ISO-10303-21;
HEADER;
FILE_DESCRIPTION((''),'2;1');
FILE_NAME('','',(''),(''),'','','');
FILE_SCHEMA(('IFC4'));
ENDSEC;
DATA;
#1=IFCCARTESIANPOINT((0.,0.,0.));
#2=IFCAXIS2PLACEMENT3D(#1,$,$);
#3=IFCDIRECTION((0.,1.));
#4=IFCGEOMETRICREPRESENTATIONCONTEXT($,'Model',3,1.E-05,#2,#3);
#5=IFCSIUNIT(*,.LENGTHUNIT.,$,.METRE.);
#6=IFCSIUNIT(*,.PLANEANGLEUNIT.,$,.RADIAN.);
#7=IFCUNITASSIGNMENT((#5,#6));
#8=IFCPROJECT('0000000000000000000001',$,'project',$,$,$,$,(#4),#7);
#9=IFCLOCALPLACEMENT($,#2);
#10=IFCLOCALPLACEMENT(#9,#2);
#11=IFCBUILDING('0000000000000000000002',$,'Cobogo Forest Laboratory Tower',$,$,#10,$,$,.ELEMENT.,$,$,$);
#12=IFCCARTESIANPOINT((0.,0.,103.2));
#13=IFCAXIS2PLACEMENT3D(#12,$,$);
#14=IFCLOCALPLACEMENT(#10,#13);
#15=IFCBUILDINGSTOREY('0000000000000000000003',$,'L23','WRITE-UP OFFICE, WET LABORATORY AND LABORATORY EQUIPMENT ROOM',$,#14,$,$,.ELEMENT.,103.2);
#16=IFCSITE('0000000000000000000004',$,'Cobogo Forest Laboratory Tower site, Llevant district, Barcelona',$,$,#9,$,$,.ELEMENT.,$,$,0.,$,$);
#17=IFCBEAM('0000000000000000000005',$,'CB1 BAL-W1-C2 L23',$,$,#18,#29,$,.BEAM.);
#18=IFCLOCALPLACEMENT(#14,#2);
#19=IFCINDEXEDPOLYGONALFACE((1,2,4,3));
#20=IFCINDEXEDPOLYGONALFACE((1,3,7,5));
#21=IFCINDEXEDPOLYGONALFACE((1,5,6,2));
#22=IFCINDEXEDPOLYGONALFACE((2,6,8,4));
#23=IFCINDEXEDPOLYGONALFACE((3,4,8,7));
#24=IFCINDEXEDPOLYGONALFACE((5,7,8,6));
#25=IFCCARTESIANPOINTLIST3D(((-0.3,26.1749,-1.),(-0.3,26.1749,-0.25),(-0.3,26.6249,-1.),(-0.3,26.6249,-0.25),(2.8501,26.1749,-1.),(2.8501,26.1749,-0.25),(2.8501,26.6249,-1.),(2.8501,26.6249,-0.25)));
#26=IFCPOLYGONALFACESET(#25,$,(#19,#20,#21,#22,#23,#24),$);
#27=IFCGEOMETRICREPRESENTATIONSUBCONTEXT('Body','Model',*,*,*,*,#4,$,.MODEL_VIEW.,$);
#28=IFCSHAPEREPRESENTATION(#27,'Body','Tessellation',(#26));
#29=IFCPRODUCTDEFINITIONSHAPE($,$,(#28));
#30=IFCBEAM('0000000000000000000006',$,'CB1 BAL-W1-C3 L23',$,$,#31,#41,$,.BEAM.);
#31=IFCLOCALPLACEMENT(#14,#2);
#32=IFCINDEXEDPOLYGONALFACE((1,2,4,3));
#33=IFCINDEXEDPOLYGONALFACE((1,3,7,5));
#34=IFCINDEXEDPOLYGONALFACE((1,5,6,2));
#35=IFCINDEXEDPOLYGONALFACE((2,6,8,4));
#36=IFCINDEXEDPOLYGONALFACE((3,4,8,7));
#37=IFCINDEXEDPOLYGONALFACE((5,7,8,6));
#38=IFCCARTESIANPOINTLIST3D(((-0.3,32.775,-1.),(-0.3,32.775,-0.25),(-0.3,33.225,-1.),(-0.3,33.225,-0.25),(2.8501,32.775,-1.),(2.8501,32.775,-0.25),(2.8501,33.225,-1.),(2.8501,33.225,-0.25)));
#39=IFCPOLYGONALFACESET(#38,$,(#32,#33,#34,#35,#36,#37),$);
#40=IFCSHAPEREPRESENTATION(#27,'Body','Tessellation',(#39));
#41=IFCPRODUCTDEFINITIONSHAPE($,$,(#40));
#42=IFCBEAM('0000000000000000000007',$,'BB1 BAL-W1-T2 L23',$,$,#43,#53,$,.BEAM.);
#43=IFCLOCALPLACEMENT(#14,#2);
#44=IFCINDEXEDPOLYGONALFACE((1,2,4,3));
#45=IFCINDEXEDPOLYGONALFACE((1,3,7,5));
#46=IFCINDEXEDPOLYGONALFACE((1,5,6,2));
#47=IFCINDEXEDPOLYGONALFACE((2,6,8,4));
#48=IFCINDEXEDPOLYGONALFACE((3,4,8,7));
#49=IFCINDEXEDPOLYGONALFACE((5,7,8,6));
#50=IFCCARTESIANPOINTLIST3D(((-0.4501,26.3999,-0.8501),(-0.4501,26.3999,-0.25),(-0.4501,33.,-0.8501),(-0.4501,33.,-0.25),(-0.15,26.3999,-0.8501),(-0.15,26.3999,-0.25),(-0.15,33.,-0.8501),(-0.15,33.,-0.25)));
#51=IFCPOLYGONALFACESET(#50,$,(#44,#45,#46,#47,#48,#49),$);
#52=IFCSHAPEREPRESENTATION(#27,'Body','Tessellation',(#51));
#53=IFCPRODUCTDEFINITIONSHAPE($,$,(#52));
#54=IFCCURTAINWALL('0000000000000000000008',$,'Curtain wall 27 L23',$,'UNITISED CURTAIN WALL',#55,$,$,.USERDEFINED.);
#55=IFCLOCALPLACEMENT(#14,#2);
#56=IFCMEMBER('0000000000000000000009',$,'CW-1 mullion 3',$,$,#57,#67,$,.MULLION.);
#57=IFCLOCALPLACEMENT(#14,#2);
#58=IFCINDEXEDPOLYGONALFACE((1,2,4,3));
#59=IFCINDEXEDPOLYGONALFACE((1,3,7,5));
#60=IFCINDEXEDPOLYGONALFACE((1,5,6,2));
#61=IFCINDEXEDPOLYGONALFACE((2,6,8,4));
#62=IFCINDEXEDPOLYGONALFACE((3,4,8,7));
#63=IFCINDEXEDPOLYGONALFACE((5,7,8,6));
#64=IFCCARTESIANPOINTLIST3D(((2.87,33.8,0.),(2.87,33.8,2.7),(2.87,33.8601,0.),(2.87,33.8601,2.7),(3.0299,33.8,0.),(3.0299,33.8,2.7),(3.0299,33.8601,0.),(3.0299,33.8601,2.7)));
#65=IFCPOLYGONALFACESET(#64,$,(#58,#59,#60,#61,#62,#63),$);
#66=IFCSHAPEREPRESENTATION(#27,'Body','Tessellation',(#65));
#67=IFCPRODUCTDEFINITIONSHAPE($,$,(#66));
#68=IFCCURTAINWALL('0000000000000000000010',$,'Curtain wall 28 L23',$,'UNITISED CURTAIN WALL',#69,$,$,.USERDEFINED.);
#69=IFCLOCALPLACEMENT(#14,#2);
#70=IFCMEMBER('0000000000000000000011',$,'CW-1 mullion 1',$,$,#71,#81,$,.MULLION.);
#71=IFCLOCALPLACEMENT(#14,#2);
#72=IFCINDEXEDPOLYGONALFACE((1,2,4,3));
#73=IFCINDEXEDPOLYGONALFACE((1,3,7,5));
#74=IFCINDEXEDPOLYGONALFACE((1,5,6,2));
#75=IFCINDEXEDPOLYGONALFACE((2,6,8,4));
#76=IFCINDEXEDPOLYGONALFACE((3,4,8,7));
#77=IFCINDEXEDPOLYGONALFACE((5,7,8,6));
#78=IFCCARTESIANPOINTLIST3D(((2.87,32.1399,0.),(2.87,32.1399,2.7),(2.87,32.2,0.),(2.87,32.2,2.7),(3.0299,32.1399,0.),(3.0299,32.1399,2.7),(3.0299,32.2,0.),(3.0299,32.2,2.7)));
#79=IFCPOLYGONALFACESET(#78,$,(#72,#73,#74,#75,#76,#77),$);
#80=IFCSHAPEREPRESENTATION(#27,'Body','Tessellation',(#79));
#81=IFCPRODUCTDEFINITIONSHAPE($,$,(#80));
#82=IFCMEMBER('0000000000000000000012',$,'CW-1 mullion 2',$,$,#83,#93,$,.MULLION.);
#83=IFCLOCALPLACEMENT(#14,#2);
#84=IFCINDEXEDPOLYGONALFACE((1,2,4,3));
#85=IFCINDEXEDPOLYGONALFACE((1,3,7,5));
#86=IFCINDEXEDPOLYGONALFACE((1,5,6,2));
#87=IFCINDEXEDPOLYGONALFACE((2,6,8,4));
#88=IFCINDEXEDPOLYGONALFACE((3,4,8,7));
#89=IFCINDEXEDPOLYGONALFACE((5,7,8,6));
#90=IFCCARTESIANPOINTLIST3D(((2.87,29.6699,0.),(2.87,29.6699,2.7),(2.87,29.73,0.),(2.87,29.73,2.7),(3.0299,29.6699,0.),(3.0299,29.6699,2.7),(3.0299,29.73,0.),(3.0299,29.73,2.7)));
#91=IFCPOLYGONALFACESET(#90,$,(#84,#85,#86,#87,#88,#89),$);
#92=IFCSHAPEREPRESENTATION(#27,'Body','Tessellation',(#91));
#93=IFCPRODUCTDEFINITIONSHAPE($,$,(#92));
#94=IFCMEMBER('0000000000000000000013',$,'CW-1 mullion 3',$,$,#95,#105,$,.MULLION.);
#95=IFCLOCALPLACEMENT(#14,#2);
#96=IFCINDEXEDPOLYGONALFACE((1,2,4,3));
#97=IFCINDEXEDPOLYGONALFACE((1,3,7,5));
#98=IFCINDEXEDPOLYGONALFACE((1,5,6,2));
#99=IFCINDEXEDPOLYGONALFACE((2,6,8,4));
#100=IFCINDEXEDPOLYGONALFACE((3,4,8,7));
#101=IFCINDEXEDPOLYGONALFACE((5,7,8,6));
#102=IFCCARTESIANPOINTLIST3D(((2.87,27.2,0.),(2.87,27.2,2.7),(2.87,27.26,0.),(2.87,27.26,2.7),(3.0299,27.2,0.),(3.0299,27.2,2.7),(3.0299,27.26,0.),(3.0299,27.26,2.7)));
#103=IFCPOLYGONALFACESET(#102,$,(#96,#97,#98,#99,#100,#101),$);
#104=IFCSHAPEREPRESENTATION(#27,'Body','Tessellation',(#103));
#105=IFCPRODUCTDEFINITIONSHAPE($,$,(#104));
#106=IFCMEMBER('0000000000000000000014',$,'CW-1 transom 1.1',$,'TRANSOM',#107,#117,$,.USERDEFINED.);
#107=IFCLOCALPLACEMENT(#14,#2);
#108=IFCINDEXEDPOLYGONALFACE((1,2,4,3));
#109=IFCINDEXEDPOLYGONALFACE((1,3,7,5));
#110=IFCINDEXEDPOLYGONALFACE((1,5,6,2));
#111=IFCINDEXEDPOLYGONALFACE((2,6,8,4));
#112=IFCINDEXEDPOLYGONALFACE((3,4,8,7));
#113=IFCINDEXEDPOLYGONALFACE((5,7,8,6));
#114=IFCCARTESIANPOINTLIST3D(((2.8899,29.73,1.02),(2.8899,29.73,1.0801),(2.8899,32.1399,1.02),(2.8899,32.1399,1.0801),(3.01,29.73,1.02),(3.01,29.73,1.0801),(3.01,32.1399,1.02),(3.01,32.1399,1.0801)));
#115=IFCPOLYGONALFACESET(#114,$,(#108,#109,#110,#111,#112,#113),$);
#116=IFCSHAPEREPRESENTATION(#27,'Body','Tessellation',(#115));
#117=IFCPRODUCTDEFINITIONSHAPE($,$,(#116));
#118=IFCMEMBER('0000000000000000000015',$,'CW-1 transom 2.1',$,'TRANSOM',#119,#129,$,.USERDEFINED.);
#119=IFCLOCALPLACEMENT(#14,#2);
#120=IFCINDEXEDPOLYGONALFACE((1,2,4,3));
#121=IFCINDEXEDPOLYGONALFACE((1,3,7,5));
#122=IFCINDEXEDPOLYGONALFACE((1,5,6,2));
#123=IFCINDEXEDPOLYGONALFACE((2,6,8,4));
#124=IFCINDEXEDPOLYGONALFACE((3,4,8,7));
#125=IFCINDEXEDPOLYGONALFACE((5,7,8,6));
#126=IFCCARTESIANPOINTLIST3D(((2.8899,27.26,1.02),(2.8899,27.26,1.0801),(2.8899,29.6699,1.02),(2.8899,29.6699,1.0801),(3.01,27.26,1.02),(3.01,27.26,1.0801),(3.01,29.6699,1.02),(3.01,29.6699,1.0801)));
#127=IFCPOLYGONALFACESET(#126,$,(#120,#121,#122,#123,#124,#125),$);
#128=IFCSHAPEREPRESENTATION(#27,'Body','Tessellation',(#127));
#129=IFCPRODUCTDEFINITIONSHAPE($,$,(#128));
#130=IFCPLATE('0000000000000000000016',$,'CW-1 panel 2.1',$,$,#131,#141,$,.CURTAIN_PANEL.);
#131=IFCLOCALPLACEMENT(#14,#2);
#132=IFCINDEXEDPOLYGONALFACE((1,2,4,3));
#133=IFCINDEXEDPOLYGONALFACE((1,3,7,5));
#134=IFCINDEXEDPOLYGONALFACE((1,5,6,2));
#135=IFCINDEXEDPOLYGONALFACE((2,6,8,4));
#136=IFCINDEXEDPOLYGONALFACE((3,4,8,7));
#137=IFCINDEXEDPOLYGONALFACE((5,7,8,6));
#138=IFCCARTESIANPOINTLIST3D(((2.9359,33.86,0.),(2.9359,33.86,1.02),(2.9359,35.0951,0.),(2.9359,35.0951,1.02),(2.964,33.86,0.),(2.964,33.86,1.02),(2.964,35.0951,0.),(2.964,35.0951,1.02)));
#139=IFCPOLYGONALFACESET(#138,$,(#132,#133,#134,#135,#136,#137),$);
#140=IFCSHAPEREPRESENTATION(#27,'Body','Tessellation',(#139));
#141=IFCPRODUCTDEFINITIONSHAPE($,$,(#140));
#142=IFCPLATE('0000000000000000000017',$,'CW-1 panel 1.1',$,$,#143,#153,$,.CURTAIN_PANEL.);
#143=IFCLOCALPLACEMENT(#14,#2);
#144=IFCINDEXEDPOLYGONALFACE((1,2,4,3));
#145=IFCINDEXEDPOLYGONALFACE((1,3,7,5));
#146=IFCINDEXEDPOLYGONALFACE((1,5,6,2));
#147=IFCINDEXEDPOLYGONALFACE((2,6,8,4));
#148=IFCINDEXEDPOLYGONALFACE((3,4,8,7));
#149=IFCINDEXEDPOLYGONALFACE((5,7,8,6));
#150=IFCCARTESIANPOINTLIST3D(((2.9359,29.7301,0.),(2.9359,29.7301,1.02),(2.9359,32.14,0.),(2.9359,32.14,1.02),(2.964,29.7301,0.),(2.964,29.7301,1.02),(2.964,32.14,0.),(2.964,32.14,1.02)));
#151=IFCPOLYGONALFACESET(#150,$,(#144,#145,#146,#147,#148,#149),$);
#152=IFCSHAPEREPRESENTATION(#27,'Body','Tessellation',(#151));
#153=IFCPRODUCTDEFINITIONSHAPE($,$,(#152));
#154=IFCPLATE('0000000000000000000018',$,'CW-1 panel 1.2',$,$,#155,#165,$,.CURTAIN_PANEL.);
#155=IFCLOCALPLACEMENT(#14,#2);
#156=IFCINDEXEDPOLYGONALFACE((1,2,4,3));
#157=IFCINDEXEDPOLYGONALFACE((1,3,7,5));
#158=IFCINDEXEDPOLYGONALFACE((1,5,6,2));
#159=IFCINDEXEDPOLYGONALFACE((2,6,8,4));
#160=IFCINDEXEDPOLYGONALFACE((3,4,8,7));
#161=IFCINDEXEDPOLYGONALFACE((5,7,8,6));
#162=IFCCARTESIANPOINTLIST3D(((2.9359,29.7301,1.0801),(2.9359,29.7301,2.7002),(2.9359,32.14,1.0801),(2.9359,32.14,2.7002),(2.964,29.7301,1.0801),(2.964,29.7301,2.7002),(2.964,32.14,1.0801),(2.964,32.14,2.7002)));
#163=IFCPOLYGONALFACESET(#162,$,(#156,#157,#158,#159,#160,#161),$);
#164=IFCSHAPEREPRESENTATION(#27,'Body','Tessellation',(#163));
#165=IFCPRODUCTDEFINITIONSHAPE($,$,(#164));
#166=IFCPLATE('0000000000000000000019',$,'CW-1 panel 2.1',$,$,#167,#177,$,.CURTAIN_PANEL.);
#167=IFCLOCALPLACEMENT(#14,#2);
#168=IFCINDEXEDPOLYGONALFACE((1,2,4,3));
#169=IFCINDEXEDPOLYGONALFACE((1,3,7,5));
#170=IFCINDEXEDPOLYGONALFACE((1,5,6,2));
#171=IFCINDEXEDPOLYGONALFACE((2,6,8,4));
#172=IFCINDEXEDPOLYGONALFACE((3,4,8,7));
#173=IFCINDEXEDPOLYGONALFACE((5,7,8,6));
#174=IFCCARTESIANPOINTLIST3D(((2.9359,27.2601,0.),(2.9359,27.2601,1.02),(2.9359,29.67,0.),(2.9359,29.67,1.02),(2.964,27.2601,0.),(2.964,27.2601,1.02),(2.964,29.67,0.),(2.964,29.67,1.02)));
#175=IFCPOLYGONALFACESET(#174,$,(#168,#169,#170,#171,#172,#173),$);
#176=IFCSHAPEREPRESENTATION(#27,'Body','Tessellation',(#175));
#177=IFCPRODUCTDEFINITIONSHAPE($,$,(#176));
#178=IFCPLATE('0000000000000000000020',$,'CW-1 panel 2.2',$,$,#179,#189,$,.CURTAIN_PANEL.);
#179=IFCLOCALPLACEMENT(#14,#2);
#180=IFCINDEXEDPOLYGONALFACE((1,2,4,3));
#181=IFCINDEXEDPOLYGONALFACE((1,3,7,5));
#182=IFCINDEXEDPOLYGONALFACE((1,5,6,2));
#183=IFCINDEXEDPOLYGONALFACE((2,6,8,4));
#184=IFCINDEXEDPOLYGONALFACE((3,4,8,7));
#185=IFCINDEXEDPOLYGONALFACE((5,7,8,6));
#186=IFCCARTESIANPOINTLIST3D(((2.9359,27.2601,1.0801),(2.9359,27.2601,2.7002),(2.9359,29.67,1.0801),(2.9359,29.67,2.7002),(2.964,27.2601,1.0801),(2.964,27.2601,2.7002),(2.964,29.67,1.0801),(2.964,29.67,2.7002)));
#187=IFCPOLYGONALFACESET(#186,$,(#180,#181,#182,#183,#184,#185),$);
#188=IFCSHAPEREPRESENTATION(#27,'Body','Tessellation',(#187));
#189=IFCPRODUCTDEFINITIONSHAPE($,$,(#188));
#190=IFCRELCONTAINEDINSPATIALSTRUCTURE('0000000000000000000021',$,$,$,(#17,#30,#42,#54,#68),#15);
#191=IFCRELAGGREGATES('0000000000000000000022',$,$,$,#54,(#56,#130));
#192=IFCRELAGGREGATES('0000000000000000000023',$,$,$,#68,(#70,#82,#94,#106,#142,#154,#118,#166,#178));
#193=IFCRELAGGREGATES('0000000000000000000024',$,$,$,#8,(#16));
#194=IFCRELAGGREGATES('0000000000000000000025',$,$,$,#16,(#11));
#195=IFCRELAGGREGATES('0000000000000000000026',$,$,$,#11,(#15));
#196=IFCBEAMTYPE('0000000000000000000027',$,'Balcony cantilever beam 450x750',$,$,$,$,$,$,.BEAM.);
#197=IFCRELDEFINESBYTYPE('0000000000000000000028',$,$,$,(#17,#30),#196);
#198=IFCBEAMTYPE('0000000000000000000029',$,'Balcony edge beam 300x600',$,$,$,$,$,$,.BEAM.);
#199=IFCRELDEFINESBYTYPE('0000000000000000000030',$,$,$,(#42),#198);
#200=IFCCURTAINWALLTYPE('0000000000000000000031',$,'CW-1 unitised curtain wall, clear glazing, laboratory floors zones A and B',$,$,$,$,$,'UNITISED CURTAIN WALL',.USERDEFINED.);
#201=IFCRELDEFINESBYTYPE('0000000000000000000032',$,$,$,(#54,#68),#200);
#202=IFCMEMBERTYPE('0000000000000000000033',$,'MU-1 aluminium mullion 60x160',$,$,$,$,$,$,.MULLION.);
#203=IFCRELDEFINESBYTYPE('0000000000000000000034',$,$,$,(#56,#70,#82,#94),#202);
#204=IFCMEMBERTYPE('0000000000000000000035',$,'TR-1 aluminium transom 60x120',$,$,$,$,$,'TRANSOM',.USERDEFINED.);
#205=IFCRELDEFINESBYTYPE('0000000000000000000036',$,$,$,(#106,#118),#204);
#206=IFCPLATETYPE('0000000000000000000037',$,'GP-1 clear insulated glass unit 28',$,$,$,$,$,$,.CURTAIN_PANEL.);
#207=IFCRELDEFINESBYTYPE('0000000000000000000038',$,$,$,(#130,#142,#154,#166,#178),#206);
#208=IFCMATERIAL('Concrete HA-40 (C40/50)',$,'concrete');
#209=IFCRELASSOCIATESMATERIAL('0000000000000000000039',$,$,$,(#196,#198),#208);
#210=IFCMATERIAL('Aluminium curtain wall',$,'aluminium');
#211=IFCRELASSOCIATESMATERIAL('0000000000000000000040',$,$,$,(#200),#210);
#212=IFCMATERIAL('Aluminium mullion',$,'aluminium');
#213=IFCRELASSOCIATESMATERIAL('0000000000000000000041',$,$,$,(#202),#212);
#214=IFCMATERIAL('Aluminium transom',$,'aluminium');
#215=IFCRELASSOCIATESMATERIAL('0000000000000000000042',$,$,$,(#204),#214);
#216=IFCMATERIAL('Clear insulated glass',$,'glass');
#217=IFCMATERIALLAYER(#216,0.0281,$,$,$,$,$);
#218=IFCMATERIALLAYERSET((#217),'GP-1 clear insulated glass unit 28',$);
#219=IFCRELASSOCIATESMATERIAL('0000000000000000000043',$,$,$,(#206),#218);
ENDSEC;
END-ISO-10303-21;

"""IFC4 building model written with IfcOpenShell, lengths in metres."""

from ifc_helpers import new_model, si_unit, direction, frame, origin, origin_2d, place, context, subcontext, project, spatial, rectangle, extrude, material, layer, layer_set, material_profile, profile_set, type_object, element, aggregate, save


model = new_model("IFC4")

# Units and contexts
model_context = context("Model", 3, precision=1e-05, world=origin(), true_north=direction((0.0, 1.0)))
body_context = subcontext(model_context, "Body", "Model", "MODEL_VIEW")
ifc_project = project(units=[si_unit("LENGTHUNIT", "METRE"), si_unit("PLANEANGLEUNIT", "RADIAN")], contexts=[model_context])

# Site, building, storey
site_placement = place(None, origin())
site = spatial("IfcSite", under=ifc_project, at=site_placement, Name="Cobogo Forest Laboratory Tower site, Llevant district, Barcelona", CompositionType="ELEMENT", RefElevation=0.0)
building_placement = place(site_placement, origin())
building = spatial("IfcBuilding", under=site, at=building_placement, Name="Cobogo Forest Laboratory Tower", CompositionType="ELEMENT")
storey_placement = place(building_placement, frame((0.0, 0.0, 103.2)))
storey = spatial("IfcBuildingStorey", under=building, at=storey_placement, Name="L23", Description="WRITE-UP OFFICE, WET LABORATORY AND LABORATORY EQUIPMENT ROOM", CompositionType="ELEMENT", Elevation=103.2)

# Beams
ifc_material_1 = material(Name="Concrete HA-40 (C40/50)", Category="concrete")
ifc_material_profile_1 = material_profile(ifc_material_1, rectangle(XDim=0.45, YDim=0.75, at=origin_2d()), Name="RC 450x750")
ifc_profile_set_1 = profile_set([ifc_material_profile_1], Name="Concrete HA-40 (C40/50)")
beam_type_1 = type_object("IfcBeamType", Name="Balcony cantilever beam 450x750", PredefinedType="BEAM", material=ifc_profile_set_1)
for number, where, z_axis, x_axis, name in (
    (1, (2.8501, 26.3999, -0.625), (-1.0, 0.0, 0.0), (0.0, -1.0, 0.0), "CB1 BAL-W1-C2 L23"),
    (2, (2.8501, 33.0, -0.625), (-1.0, 0.0, 0.0), (0.0, -1.0, 0.0), "CB1 BAL-W1-C3 L23"),
):
    element("IfcBeam", number, at=place(storey_placement, frame(where, z_axis=z_axis, x_axis=x_axis)), inside=storey, type_object=beam_type_1, Name=name, PredefinedType="BEAM", context=body_context, shape_type="SweptSolid", body=[
        extrude(rectangle(XDim=0.45, YDim=0.75, at=origin_2d()), origin(), (0.0, 0.0, 1.0), 3.1501),
    ])
ifc_material_profile_2 = material_profile(ifc_material_1, rectangle(XDim=0.3, YDim=0.6001, at=origin_2d()), Name="RC 300x600")
ifc_profile_set_2 = profile_set([ifc_material_profile_2], Name="Concrete HA-40 (C40/50)")
beam_type_2 = type_object("IfcBeamType", Name="Balcony edge beam 300x600", PredefinedType="BEAM", material=ifc_profile_set_2)
beam_placement = place(storey_placement, frame((-0.3, 26.3999, -0.55), z_axis=(0.0, 1.0, 0.0), x_axis=(-1.0, 0.0, 0.0)))
element("IfcBeam", 3, at=beam_placement, inside=storey, type_object=beam_type_2, Name="BB1 BAL-W1-T2 L23", PredefinedType="BEAM", context=body_context, shape_type="SweptSolid", body=[
    extrude(rectangle(XDim=0.3, YDim=0.6001, at=origin_2d()), origin(), (0.0, 0.0, 1.0), 6.6001),
])

# Curtain wall, member
ifc_material_2 = material(Name="Aluminium curtain wall", Category="aluminium")
curtain_wall_type = type_object("IfcCurtainWallType", Name="CW-1 unitised curtain wall, clear glazing, laboratory floors zones A and B", ElementType="UNITISED CURTAIN WALL", PredefinedType="USERDEFINED", material=ifc_material_2)
curtain_wall_1_placement = place(storey_placement, origin())
curtain_wall_1 = element("IfcCurtainWall", 4, at=curtain_wall_1_placement, inside=storey, type_object=curtain_wall_type, Name="Curtain wall 27 L23", ObjectType="UNITISED CURTAIN WALL", PredefinedType="USERDEFINED")
ifc_material_3 = material(Name="Aluminium mullion", Category="aluminium")
ifc_material_profile_3 = material_profile(ifc_material_3, rectangle(XDim=0.0601, YDim=0.1599, at=origin_2d()), Name="AL 60x160")
ifc_profile_set_3 = profile_set([ifc_material_profile_3], Name="Aluminium mullion")
member_type_1 = type_object("IfcMemberType", Name="MU-1 aluminium mullion 60x160", PredefinedType="MULLION", material=ifc_profile_set_3)
member_1_placement = place(storey_placement, frame((2.95, 33.8301, 0.0), z_axis=(0.0, 0.0, 1.0), x_axis=(0.0, -1.0, 0.0)))
member_1 = element("IfcMember", 5, at=member_1_placement, type_object=member_type_1, Name="CW-1 mullion 3", PredefinedType="MULLION", context=body_context, shape_type="SweptSolid", body=[
    extrude(rectangle(XDim=0.0601, YDim=0.1599, at=origin_2d()), origin(), (0.0, 0.0, 1.0), 2.7),
])

# Curtain wall, members
curtain_wall_2_placement = place(storey_placement, origin())
curtain_wall_2 = element("IfcCurtainWall", 6, at=curtain_wall_2_placement, inside=storey, type_object=curtain_wall_type, Name="Curtain wall 28 L23", ObjectType="UNITISED CURTAIN WALL", PredefinedType="USERDEFINED")
member_2_placement = place(storey_placement, frame((2.95, 32.1699, 0.0), z_axis=(0.0, 0.0, 1.0), x_axis=(0.0, -1.0, 0.0)))
member_2 = element("IfcMember", 7, at=member_2_placement, type_object=member_type_1, Name="CW-1 mullion 1", PredefinedType="MULLION", context=body_context, shape_type="SweptSolid", body=[
    extrude(rectangle(XDim=0.0601, YDim=0.1599, at=origin_2d()), origin(), (0.0, 0.0, 1.0), 2.7),
])
member_3_placement = place(storey_placement, frame((2.95, 29.7, 0.0), z_axis=(0.0, 0.0, 1.0), x_axis=(0.0, -1.0, 0.0)))
member_3 = element("IfcMember", 8, at=member_3_placement, type_object=member_type_1, Name="CW-1 mullion 2", PredefinedType="MULLION", context=body_context, shape_type="SweptSolid", body=[
    extrude(rectangle(XDim=0.0601, YDim=0.1599, at=origin_2d()), origin(), (0.0, 0.0, 1.0), 2.7),
])
member_4_placement = place(storey_placement, frame((2.95, 27.23, 0.0), z_axis=(0.0, 0.0, 1.0), x_axis=(0.0, -1.0, 0.0)))
member_4 = element("IfcMember", 9, at=member_4_placement, type_object=member_type_1, Name="CW-1 mullion 3", PredefinedType="MULLION", context=body_context, shape_type="SweptSolid", body=[
    extrude(rectangle(XDim=0.0601, YDim=0.1599, at=origin_2d()), origin(), (0.0, 0.0, 1.0), 2.7),
])
ifc_material_4 = material(Name="Aluminium transom", Category="aluminium")
ifc_material_profile_4 = material_profile(ifc_material_4, rectangle(XDim=0.1201, YDim=0.0601, at=origin_2d()), Name="AL 60x120")
ifc_profile_set_4 = profile_set([ifc_material_profile_4], Name="Aluminium transom")
member_type_2 = type_object("IfcMemberType", Name="TR-1 aluminium transom 60x120", ElementType="TRANSOM", PredefinedType="USERDEFINED", material=ifc_profile_set_4)
member_5_placement = place(storey_placement, frame((2.95, 32.1399, 1.05), z_axis=(0.0, -1.0, 0.0), x_axis=(1.0, 0.0, 0.0)))
member_5 = element("IfcMember", 10, at=member_5_placement, type_object=member_type_2, Name="CW-1 transom 1.1", ObjectType="TRANSOM", PredefinedType="USERDEFINED", context=body_context, shape_type="SweptSolid", body=[
    extrude(rectangle(XDim=0.1201, YDim=0.0601, at=origin_2d()), origin(), (0.0, 0.0, 1.0), 2.4099),
])
member_6_placement = place(storey_placement, frame((2.95, 29.6699, 1.05), z_axis=(0.0, -1.0, 0.0), x_axis=(1.0, 0.0, 0.0)))
member_6 = element("IfcMember", 11, at=member_6_placement, type_object=member_type_2, Name="CW-1 transom 2.1", ObjectType="TRANSOM", PredefinedType="USERDEFINED", context=body_context, shape_type="SweptSolid", body=[
    extrude(rectangle(XDim=0.1201, YDim=0.0601, at=origin_2d()), origin(), (0.0, 0.0, 1.0), 2.4099),
])

# Plates
ifc_material_5 = material(Name="Clear insulated glass", Category="glass")
ifc_layer = layer(ifc_material_5, 0.0281)
ifc_layer_set = layer_set([ifc_layer], Name="GP-1 clear insulated glass unit 28")
plate_type_1 = type_object("IfcPlateType", Name="GP-1 clear insulated glass unit 28", PredefinedType="CURTAIN_PANEL", material=ifc_layer_set)
plate_1_placement = place(storey_placement, frame((2.95, 34.4775, 0.0), z_axis=(0.0, 0.0, 1.0), x_axis=(0.0, -1.0, 0.0)))
plate_1 = element("IfcPlate", 12, at=plate_1_placement, type_object=plate_type_1, Name="CW-1 panel 2.1", PredefinedType="CURTAIN_PANEL", context=body_context, shape_type="SweptSolid", body=[
    extrude(rectangle(XDim=1.2351, YDim=0.0281, at=origin_2d()), origin(), (0.0, 0.0, 1.0), 1.02),
])
aggregate(curtain_wall_1, [member_1, plate_1])
plate_2_placement = place(storey_placement, frame((2.95, 30.9351, 0.0), z_axis=(0.0, 0.0, 1.0), x_axis=(0.0, -1.0, 0.0)))
plate_2 = element("IfcPlate", 13, at=plate_2_placement, type_object=plate_type_1, Name="CW-1 panel 1.1", PredefinedType="CURTAIN_PANEL", context=body_context, shape_type="SweptSolid", body=[
    extrude(rectangle(XDim=2.4099, YDim=0.0281, at=origin_2d()), origin(), (0.0, 0.0, 1.0), 1.02),
])
plate_3_placement = place(storey_placement, frame((2.95, 30.9351, 1.0801), z_axis=(0.0, 0.0, 1.0), x_axis=(0.0, -1.0, 0.0)))
plate_3 = element("IfcPlate", 14, at=plate_3_placement, type_object=plate_type_1, Name="CW-1 panel 1.2", PredefinedType="CURTAIN_PANEL", context=body_context, shape_type="SweptSolid", body=[
    extrude(rectangle(XDim=2.4099, YDim=0.0281, at=origin_2d()), origin(), (0.0, 0.0, 1.0), 1.6201),
])
plate_4_placement = place(storey_placement, frame((2.95, 28.4651, 0.0), z_axis=(0.0, 0.0, 1.0), x_axis=(0.0, -1.0, 0.0)))
plate_4 = element("IfcPlate", 15, at=plate_4_placement, type_object=plate_type_1, Name="CW-1 panel 2.1", PredefinedType="CURTAIN_PANEL", context=body_context, shape_type="SweptSolid", body=[
    extrude(rectangle(XDim=2.4099, YDim=0.0281, at=origin_2d()), origin(), (0.0, 0.0, 1.0), 1.02),
])
plate_5_placement = place(storey_placement, frame((2.95, 28.4651, 1.0801), z_axis=(0.0, 0.0, 1.0), x_axis=(0.0, -1.0, 0.0)))
plate_5 = element("IfcPlate", 16, at=plate_5_placement, type_object=plate_type_1, Name="CW-1 panel 2.2", PredefinedType="CURTAIN_PANEL", context=body_context, shape_type="SweptSolid", body=[
    extrude(rectangle(XDim=2.4099, YDim=0.0281, at=origin_2d()), origin(), (0.0, 0.0, 1.0), 1.6201),
])
aggregate(curtain_wall_2, [member_2, member_3, member_4, member_5, plate_2, plate_3, member_6, plate_4, plate_5])

save(model, "model.ifc")
